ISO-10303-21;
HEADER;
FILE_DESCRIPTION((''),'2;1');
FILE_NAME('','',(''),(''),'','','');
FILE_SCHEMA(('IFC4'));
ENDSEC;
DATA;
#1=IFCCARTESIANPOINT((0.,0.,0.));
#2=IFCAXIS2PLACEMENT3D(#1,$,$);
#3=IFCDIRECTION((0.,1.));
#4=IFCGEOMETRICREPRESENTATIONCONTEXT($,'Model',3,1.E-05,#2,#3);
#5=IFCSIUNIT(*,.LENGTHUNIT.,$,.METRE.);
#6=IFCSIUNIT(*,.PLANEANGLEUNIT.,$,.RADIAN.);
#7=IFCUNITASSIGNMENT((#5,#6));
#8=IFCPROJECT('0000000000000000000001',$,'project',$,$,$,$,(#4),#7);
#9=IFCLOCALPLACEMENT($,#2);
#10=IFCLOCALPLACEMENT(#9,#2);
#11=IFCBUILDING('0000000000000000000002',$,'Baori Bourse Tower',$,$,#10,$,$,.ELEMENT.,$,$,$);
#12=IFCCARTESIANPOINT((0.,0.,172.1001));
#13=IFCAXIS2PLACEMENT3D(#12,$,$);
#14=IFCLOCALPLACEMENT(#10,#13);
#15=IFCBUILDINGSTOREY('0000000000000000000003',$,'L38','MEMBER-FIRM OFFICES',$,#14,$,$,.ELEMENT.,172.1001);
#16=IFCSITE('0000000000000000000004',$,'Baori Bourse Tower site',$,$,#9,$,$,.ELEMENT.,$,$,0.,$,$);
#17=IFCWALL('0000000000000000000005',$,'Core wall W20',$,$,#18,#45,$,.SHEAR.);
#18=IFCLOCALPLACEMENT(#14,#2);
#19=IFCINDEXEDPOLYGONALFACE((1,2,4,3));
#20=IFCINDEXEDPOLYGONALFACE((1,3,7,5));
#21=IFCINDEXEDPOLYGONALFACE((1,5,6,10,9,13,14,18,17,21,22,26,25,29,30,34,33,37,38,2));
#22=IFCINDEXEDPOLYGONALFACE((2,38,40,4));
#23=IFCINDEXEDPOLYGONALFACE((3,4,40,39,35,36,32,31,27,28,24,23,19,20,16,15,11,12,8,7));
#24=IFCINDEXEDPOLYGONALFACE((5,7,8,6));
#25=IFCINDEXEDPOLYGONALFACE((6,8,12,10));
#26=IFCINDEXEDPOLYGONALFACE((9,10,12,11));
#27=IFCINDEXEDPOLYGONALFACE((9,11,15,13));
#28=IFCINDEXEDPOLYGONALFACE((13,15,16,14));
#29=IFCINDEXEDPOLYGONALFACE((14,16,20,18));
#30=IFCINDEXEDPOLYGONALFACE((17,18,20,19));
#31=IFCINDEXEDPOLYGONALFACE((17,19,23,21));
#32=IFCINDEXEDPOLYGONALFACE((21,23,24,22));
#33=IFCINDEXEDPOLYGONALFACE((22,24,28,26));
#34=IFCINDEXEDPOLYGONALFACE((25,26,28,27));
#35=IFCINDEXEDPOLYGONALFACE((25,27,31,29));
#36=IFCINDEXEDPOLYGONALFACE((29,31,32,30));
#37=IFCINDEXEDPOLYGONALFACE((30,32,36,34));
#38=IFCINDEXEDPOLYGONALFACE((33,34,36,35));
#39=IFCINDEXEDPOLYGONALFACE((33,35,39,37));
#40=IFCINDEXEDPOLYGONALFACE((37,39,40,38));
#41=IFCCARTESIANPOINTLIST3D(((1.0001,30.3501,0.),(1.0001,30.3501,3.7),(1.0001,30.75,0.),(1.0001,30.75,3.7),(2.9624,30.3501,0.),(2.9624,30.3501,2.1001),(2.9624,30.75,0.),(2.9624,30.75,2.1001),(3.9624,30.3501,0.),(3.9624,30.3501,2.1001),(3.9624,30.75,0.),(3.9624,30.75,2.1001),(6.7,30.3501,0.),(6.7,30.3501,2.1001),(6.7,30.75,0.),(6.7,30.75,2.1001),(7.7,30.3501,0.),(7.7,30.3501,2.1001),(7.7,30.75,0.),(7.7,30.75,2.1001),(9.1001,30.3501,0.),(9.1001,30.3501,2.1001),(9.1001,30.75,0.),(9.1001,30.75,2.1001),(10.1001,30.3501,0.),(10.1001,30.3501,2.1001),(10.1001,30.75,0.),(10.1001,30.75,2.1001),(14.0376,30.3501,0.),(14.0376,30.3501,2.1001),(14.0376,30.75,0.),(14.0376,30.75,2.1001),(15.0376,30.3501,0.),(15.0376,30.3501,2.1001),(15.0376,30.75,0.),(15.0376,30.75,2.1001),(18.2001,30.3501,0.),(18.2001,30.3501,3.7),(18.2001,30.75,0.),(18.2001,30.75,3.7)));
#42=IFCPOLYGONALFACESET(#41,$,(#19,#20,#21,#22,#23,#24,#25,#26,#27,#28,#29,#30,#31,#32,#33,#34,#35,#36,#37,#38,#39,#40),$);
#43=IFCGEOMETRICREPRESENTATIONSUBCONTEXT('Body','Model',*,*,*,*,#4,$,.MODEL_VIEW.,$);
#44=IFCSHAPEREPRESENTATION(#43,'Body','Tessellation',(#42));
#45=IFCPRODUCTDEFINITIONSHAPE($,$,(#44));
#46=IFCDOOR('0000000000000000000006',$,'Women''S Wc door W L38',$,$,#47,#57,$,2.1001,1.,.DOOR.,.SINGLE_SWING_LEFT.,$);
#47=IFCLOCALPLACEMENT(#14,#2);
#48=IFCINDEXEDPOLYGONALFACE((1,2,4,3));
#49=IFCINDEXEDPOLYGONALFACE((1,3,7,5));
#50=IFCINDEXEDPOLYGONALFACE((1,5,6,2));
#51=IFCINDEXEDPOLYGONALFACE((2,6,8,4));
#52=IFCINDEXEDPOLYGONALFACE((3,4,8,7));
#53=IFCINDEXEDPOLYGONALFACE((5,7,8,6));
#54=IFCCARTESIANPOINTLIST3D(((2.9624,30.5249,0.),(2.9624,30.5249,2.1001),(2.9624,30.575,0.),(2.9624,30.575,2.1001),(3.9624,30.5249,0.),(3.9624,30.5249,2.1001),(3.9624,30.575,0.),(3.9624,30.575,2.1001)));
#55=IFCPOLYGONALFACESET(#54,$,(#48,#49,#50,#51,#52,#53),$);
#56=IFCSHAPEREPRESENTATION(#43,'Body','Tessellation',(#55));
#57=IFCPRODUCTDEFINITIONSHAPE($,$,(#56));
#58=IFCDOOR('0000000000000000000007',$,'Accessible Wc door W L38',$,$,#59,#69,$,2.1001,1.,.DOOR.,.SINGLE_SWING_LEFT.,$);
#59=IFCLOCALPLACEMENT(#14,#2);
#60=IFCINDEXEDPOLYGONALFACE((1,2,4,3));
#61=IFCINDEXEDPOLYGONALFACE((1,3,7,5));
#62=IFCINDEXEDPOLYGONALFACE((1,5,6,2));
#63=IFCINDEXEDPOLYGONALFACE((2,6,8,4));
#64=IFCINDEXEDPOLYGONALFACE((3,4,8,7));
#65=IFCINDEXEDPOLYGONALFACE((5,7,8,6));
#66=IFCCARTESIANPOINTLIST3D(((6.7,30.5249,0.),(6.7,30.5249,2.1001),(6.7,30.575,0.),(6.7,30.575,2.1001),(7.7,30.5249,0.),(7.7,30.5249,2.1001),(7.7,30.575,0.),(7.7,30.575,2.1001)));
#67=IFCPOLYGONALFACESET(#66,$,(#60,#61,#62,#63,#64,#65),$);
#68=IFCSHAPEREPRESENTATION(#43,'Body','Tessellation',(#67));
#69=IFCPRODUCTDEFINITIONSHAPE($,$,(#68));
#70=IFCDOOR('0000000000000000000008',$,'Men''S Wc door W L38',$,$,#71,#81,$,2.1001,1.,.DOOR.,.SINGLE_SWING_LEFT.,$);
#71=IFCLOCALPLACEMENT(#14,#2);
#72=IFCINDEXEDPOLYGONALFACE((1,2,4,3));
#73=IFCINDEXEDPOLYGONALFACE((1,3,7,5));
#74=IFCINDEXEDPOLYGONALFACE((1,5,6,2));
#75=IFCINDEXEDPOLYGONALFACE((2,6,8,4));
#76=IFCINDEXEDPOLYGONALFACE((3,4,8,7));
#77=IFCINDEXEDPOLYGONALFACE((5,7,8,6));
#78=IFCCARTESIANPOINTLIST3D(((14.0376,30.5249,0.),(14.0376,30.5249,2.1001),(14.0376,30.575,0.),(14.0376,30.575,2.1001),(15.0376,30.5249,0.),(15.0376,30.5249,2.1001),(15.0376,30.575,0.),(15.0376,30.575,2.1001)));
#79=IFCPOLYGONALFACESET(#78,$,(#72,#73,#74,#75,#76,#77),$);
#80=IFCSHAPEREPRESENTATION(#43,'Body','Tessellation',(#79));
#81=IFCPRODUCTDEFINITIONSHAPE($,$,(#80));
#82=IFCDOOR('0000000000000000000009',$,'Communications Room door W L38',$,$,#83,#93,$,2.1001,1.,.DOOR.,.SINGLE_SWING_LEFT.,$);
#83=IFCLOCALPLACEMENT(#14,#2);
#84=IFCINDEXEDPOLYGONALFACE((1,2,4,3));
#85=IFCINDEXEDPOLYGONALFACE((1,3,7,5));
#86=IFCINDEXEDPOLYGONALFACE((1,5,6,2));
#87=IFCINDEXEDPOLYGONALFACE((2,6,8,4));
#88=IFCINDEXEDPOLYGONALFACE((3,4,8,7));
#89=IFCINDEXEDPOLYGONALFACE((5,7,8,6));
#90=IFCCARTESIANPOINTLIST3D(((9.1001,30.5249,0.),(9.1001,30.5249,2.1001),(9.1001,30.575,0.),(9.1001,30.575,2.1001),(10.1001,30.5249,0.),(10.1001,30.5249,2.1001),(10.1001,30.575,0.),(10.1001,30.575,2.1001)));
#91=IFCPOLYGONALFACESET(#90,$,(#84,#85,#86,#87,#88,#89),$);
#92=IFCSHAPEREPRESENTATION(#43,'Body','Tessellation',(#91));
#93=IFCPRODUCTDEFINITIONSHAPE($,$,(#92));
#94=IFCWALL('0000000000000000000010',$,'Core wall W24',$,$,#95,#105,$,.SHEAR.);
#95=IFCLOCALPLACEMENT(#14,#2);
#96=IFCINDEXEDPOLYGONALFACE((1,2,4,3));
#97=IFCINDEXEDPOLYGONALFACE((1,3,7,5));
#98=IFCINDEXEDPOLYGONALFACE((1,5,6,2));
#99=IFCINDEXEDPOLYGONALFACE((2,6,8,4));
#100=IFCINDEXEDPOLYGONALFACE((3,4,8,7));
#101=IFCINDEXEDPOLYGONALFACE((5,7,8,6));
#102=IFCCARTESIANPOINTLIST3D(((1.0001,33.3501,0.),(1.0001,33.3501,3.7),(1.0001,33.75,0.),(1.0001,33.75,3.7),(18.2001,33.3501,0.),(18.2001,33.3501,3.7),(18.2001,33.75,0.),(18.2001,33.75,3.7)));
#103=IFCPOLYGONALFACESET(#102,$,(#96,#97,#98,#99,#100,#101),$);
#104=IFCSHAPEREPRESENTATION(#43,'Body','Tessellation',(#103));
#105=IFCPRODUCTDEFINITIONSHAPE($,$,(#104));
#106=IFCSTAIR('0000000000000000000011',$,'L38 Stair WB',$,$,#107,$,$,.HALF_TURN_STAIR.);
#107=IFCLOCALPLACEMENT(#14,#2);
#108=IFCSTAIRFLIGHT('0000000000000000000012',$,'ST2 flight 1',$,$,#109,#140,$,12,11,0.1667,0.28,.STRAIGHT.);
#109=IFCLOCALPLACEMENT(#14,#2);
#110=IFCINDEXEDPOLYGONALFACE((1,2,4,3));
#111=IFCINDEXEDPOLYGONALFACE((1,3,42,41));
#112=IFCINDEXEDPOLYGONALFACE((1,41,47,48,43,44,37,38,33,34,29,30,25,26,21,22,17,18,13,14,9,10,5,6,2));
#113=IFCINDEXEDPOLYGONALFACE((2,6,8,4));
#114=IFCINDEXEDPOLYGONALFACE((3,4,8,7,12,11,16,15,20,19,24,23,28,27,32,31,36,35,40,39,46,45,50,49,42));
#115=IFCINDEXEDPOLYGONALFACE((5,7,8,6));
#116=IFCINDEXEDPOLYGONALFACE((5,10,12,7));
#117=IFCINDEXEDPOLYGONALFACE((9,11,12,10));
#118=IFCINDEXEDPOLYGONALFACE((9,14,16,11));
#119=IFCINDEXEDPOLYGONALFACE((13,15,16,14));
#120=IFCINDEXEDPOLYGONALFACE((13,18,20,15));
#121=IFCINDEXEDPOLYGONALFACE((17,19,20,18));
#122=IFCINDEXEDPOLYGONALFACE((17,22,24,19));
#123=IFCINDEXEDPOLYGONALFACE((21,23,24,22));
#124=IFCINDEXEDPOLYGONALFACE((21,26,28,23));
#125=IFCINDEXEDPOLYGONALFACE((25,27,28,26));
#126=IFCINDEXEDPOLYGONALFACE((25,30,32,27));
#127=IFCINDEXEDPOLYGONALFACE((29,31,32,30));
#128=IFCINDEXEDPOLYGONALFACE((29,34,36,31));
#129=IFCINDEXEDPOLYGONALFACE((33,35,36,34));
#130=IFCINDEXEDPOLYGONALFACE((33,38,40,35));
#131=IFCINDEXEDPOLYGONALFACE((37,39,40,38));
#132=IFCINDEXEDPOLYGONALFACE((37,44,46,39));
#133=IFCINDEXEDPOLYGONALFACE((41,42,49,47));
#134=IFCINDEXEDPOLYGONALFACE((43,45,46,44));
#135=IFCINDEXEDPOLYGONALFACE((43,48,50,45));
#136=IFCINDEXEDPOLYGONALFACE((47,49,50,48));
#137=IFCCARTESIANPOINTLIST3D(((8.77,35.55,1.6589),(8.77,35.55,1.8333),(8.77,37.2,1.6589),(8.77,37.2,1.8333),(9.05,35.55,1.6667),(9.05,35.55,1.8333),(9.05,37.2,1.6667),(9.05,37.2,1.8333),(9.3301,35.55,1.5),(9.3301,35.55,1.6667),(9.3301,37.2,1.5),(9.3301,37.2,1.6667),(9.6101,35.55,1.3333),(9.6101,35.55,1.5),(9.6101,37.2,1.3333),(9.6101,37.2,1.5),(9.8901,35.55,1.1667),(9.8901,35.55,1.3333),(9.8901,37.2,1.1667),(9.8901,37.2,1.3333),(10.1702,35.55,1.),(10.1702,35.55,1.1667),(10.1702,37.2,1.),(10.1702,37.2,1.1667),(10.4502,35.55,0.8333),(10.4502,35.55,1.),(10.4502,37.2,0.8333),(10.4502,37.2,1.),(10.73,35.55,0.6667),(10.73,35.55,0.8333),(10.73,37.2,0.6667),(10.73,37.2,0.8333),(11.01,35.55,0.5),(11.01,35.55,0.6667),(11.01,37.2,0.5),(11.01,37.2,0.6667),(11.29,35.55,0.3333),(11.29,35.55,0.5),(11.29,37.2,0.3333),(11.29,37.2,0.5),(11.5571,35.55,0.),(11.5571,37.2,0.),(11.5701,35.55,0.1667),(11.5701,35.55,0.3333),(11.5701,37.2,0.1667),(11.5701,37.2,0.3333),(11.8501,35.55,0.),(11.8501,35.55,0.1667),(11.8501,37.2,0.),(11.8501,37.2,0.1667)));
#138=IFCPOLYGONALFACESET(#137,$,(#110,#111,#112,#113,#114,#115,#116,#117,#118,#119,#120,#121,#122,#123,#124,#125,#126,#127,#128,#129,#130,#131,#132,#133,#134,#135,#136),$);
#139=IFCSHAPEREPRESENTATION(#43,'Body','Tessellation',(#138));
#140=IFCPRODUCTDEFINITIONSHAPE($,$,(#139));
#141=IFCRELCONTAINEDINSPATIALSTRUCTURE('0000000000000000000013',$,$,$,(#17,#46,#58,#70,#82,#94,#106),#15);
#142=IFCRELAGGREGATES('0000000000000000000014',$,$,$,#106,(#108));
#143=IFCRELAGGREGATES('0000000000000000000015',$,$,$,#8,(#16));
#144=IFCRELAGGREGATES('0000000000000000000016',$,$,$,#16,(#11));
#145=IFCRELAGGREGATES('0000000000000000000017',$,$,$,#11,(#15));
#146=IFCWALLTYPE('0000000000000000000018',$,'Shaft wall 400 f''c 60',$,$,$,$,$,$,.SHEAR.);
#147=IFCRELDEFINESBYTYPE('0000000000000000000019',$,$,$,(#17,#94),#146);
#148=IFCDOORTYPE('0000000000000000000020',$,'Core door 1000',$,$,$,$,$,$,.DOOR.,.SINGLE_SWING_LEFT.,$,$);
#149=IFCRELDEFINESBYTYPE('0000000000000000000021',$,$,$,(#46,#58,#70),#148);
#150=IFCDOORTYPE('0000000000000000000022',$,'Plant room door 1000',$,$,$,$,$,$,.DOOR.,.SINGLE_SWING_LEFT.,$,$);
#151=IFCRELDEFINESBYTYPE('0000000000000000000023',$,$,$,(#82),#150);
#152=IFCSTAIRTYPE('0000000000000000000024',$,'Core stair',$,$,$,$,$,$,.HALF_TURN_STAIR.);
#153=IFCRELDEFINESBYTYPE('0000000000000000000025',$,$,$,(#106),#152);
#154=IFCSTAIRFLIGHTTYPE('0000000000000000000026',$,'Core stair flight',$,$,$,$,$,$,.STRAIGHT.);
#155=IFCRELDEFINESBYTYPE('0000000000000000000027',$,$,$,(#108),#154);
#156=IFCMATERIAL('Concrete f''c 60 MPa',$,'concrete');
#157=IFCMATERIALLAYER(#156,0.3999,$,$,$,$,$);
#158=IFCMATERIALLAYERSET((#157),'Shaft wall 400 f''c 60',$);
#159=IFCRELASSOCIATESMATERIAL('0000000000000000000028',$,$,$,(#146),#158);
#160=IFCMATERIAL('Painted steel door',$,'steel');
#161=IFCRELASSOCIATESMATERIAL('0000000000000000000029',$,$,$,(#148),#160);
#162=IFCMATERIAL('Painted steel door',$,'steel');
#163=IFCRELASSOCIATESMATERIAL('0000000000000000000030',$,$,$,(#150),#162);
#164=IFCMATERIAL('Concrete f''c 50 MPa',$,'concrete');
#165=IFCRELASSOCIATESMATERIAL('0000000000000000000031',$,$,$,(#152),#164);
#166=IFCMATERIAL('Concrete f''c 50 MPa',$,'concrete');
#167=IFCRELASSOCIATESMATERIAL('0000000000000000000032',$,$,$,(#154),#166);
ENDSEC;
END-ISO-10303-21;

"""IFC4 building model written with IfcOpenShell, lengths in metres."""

from ifc_helpers import new_model, si_unit, direction, frame, frame_2d, origin, place, context, subcontext, project, spatial, polyline, rectangle, outline, extrude, material, layer, layer_set, type_object, element, fill, aggregate, save


model = new_model("IFC4")

# Units and contexts
model_context = context("Model", 3, precision=1e-05, world=origin(), true_north=direction((0.0, 1.0)))
body_context = subcontext(model_context, "Body", "Model", "MODEL_VIEW")
ifc_project = project(units=[si_unit("LENGTHUNIT", "METRE"), si_unit("PLANEANGLEUNIT", "RADIAN")], contexts=[model_context])

# Site, building, storey
site_placement = place(None, origin())
site = spatial("IfcSite", under=ifc_project, at=site_placement, Name="Baori Bourse Tower site", CompositionType="ELEMENT", RefElevation=0.0)
building_placement = place(site_placement, origin())
building = spatial("IfcBuilding", under=site, at=building_placement, Name="Baori Bourse Tower", CompositionType="ELEMENT")
storey_placement = place(building_placement, frame((0.0, 0.0, 172.1001)))
storey = spatial("IfcBuildingStorey", under=building, at=storey_placement, Name="L38", Description="MEMBER-FIRM OFFICES", CompositionType="ELEMENT", Elevation=172.1001)

# Wall, openings, doors
ifc_material_1 = material(Name="Concrete f'c 60 MPa", Category="concrete")
ifc_layer_1 = layer(ifc_material_1, 0.3999)
ifc_layer_set_1 = layer_set([ifc_layer_1], Name="Shaft wall 400 f'c 60")
wall_type_1 = type_object("IfcWallType", Name="Shaft wall 400 f'c 60", PredefinedType="SHEAR", material=ifc_layer_set_1)
wall_1_placement = place(storey_placement, frame((1.0, 30.55, 0.0), z_axis=(0.0, 0.0, 1.0), x_axis=(1.0, 0.0, 0.0)))
wall_1 = element("IfcWall", 1, at=wall_1_placement, inside=storey, type_object=wall_type_1, Name="Core wall W20", PredefinedType="SHEAR", context=body_context, shape_type="SweptSolid", body=[
    extrude(rectangle(XDim=17.2, YDim=0.3999, at=frame_2d((8.6001, 0.0))), origin(), (0.0, 0.0, 1.0), 3.7),
])
opening_1_placement = place(wall_1_placement, frame((1.9624, 0.0, 0.0)))
opening_1 = element("IfcOpeningElement", 2, at=opening_1_placement, cuts=wall_1, PredefinedType="OPENING", context=body_context, shape_type="SweptSolid", body=[
    extrude(rectangle(XDim=1.0, YDim=2.1001, at=frame_2d((0.5, 1.05))), frame((0.0, 0.21, 0.0), z_axis=(0.0, -1.0, 0.0), x_axis=(1.0, 0.0, 0.0)), (0.0, 0.0, 1.0), 0.4199),
])
opening_2_placement = place(wall_1_placement, frame((5.7, 0.0, 0.0)))
opening_2 = element("IfcOpeningElement", 3, at=opening_2_placement, cuts=wall_1, PredefinedType="OPENING", context=body_context, shape_type="SweptSolid", body=[
    extrude(rectangle(XDim=1.0, YDim=2.1001, at=frame_2d((0.5, 1.05))), frame((0.0, 0.21, 0.0), z_axis=(0.0, -1.0, 0.0), x_axis=(1.0, 0.0, 0.0)), (0.0, 0.0, 1.0), 0.4199),
])
opening_3_placement = place(wall_1_placement, frame((8.1001, 0.0, 0.0)))
opening_3 = element("IfcOpeningElement", 4, at=opening_3_placement, cuts=wall_1, PredefinedType="OPENING", context=body_context, shape_type="SweptSolid", body=[
    extrude(rectangle(XDim=1.0, YDim=2.1001, at=frame_2d((0.5, 1.05))), frame((0.0, 0.21, 0.0), z_axis=(0.0, -1.0, 0.0), x_axis=(1.0, 0.0, 0.0)), (0.0, 0.0, 1.0), 0.4199),
])
opening_4_placement = place(wall_1_placement, frame((13.0376, 0.0, 0.0)))
opening_4 = element("IfcOpeningElement", 5, at=opening_4_placement, cuts=wall_1, PredefinedType="OPENING", context=body_context, shape_type="SweptSolid", body=[
    extrude(rectangle(XDim=1.0, YDim=2.1001, at=frame_2d((0.5, 1.05))), frame((0.0, 0.21, 0.0), z_axis=(0.0, -1.0, 0.0), x_axis=(1.0, 0.0, 0.0)), (0.0, 0.0, 1.0), 0.4199),
])
ifc_material_2 = material(Name="Painted steel door", Category="steel")
door_type_1 = type_object("IfcDoorType", Name="Core door 1000", OperationType="SINGLE_SWING_LEFT", PredefinedType="DOOR", material=ifc_material_2)
door_1_placement = place(opening_1_placement, origin())
door_1 = element("IfcDoor", 6, at=door_1_placement, inside=storey, type_object=door_type_1, Name="Women'S Wc door W L38", OperationType="SINGLE_SWING_LEFT", OverallHeight=2.1001, OverallWidth=1.0, PredefinedType="DOOR", context=body_context, shape_type="SweptSolid", body=[
    extrude(rectangle(XDim=1.0, YDim=2.1001, at=frame_2d((0.5, 1.05))), frame((0.0, 0.0249, 0.0), z_axis=(0.0, -1.0, 0.0), x_axis=(1.0, 0.0, 0.0)), (0.0, 0.0, 1.0), 0.05),
])
fill(opening_1, door_1)
door_2_placement = place(opening_2_placement, origin())
door_2 = element("IfcDoor", 7, at=door_2_placement, inside=storey, type_object=door_type_1, Name="Accessible Wc door W L38", OperationType="SINGLE_SWING_LEFT", OverallHeight=2.1001, OverallWidth=1.0, PredefinedType="DOOR", context=body_context, shape_type="SweptSolid", body=[
    extrude(rectangle(XDim=1.0, YDim=2.1001, at=frame_2d((0.5, 1.05))), frame((0.0, 0.0249, 0.0), z_axis=(0.0, -1.0, 0.0), x_axis=(1.0, 0.0, 0.0)), (0.0, 0.0, 1.0), 0.05),
])
fill(opening_2, door_2)
door_3_placement = place(opening_4_placement, origin())
door_3 = element("IfcDoor", 8, at=door_3_placement, inside=storey, type_object=door_type_1, Name="Men'S Wc door W L38", OperationType="SINGLE_SWING_LEFT", OverallHeight=2.1001, OverallWidth=1.0, PredefinedType="DOOR", context=body_context, shape_type="SweptSolid", body=[
    extrude(rectangle(XDim=1.0, YDim=2.1001, at=frame_2d((0.5, 1.05))), frame((0.0, 0.0249, 0.0), z_axis=(0.0, -1.0, 0.0), x_axis=(1.0, 0.0, 0.0)), (0.0, 0.0, 1.0), 0.05),
])
fill(opening_4, door_3)
ifc_material_3 = material(Name="Painted steel door", Category="steel")
door_type_2 = type_object("IfcDoorType", Name="Plant room door 1000", OperationType="SINGLE_SWING_LEFT", PredefinedType="DOOR", material=ifc_material_3)
door_4_placement = place(opening_3_placement, origin())
door_4 = element("IfcDoor", 9, at=door_4_placement, inside=storey, type_object=door_type_2, Name="Communications Room door W L38", OperationType="SINGLE_SWING_LEFT", OverallHeight=2.1001, OverallWidth=1.0, PredefinedType="DOOR", context=body_context, shape_type="SweptSolid", body=[
    extrude(rectangle(XDim=1.0, YDim=2.1001, at=frame_2d((0.5, 1.05))), frame((0.0, 0.0249, 0.0), z_axis=(0.0, -1.0, 0.0), x_axis=(1.0, 0.0, 0.0)), (0.0, 0.0, 1.0), 0.05),
])
fill(opening_3, door_4)

# Wall
wall_2_placement = place(storey_placement, frame((1.0, 33.55, 0.0), z_axis=(0.0, 0.0, 1.0), x_axis=(1.0, 0.0, 0.0)))
element("IfcWall", 10, at=wall_2_placement, inside=storey, type_object=wall_type_1, Name="Core wall W24", PredefinedType="SHEAR", context=body_context, shape_type="SweptSolid", body=[
    extrude(rectangle(XDim=17.2, YDim=0.3999, at=frame_2d((8.6001, 0.0))), origin(), (0.0, 0.0, 1.0), 3.7),
])

# Stair, stair flight
ifc_material_4 = material(Name="Concrete f'c 50 MPa", Category="concrete")
stair_type = type_object("IfcStairType", Name="Core stair", PredefinedType="HALF_TURN_STAIR", material=ifc_material_4)
stair_placement = place(storey_placement, origin())
stair = element("IfcStair", 11, at=stair_placement, inside=storey, type_object=stair_type, Name="L38 Stair WB", PredefinedType="HALF_TURN_STAIR")
ifc_material_5 = material(Name="Concrete f'c 50 MPa", Category="concrete")
stair_flight_type = type_object("IfcStairFlightType", Name="Core stair flight", PredefinedType="STRAIGHT", material=ifc_material_5)
stair_flight_1_placement = place(storey_placement, frame((11.8501, 36.375, 0.0), z_axis=(0.0, 0.0, 1.0), x_axis=(-1.0, 0.0, 0.0)))
stair_flight_1 = element("IfcStairFlight", 12, at=stair_flight_1_placement, type_object=stair_flight_type, Name="ST2 flight 1", NumberOfRisers=12, NumberOfTreads=11, PredefinedType="STRAIGHT", RiserHeight=0.1667, TreadLength=0.28, context=body_context, shape_type="SweptSolid", body=[
    extrude(outline(polyline([(0.0, 0.0), (0.0, 0.1667), (0.28, 0.1667), (0.28, 0.3333), (0.5601, 0.3333), (0.5601, 0.5), (0.8401, 0.5), (0.8401, 0.6667), (1.1201, 0.6667), (1.1201, 0.8333), (1.3999, 0.8333), (1.3999, 1.0), (1.6799, 1.0), (1.6799, 1.1667), (1.96, 1.1667), (1.96, 1.3333), (2.24, 1.3333), (2.24, 1.5), (2.52, 1.5), (2.52, 1.6667), (2.8, 1.6667), (2.8, 1.8333), (3.0801, 1.8333), (3.0801, 2.0), (3.0801, 1.6589), (0.293, 0.0), (0.0, 0.0)])), frame((0.0, 0.825, 0.0), z_axis=(0.0, -1.0, 0.0), x_axis=(1.0, 0.0, 0.0)), (0.0, 0.0, 1.0), 1.6499),
])
aggregate(stair, [stair_flight_1])

save(model, "model.ifc")
